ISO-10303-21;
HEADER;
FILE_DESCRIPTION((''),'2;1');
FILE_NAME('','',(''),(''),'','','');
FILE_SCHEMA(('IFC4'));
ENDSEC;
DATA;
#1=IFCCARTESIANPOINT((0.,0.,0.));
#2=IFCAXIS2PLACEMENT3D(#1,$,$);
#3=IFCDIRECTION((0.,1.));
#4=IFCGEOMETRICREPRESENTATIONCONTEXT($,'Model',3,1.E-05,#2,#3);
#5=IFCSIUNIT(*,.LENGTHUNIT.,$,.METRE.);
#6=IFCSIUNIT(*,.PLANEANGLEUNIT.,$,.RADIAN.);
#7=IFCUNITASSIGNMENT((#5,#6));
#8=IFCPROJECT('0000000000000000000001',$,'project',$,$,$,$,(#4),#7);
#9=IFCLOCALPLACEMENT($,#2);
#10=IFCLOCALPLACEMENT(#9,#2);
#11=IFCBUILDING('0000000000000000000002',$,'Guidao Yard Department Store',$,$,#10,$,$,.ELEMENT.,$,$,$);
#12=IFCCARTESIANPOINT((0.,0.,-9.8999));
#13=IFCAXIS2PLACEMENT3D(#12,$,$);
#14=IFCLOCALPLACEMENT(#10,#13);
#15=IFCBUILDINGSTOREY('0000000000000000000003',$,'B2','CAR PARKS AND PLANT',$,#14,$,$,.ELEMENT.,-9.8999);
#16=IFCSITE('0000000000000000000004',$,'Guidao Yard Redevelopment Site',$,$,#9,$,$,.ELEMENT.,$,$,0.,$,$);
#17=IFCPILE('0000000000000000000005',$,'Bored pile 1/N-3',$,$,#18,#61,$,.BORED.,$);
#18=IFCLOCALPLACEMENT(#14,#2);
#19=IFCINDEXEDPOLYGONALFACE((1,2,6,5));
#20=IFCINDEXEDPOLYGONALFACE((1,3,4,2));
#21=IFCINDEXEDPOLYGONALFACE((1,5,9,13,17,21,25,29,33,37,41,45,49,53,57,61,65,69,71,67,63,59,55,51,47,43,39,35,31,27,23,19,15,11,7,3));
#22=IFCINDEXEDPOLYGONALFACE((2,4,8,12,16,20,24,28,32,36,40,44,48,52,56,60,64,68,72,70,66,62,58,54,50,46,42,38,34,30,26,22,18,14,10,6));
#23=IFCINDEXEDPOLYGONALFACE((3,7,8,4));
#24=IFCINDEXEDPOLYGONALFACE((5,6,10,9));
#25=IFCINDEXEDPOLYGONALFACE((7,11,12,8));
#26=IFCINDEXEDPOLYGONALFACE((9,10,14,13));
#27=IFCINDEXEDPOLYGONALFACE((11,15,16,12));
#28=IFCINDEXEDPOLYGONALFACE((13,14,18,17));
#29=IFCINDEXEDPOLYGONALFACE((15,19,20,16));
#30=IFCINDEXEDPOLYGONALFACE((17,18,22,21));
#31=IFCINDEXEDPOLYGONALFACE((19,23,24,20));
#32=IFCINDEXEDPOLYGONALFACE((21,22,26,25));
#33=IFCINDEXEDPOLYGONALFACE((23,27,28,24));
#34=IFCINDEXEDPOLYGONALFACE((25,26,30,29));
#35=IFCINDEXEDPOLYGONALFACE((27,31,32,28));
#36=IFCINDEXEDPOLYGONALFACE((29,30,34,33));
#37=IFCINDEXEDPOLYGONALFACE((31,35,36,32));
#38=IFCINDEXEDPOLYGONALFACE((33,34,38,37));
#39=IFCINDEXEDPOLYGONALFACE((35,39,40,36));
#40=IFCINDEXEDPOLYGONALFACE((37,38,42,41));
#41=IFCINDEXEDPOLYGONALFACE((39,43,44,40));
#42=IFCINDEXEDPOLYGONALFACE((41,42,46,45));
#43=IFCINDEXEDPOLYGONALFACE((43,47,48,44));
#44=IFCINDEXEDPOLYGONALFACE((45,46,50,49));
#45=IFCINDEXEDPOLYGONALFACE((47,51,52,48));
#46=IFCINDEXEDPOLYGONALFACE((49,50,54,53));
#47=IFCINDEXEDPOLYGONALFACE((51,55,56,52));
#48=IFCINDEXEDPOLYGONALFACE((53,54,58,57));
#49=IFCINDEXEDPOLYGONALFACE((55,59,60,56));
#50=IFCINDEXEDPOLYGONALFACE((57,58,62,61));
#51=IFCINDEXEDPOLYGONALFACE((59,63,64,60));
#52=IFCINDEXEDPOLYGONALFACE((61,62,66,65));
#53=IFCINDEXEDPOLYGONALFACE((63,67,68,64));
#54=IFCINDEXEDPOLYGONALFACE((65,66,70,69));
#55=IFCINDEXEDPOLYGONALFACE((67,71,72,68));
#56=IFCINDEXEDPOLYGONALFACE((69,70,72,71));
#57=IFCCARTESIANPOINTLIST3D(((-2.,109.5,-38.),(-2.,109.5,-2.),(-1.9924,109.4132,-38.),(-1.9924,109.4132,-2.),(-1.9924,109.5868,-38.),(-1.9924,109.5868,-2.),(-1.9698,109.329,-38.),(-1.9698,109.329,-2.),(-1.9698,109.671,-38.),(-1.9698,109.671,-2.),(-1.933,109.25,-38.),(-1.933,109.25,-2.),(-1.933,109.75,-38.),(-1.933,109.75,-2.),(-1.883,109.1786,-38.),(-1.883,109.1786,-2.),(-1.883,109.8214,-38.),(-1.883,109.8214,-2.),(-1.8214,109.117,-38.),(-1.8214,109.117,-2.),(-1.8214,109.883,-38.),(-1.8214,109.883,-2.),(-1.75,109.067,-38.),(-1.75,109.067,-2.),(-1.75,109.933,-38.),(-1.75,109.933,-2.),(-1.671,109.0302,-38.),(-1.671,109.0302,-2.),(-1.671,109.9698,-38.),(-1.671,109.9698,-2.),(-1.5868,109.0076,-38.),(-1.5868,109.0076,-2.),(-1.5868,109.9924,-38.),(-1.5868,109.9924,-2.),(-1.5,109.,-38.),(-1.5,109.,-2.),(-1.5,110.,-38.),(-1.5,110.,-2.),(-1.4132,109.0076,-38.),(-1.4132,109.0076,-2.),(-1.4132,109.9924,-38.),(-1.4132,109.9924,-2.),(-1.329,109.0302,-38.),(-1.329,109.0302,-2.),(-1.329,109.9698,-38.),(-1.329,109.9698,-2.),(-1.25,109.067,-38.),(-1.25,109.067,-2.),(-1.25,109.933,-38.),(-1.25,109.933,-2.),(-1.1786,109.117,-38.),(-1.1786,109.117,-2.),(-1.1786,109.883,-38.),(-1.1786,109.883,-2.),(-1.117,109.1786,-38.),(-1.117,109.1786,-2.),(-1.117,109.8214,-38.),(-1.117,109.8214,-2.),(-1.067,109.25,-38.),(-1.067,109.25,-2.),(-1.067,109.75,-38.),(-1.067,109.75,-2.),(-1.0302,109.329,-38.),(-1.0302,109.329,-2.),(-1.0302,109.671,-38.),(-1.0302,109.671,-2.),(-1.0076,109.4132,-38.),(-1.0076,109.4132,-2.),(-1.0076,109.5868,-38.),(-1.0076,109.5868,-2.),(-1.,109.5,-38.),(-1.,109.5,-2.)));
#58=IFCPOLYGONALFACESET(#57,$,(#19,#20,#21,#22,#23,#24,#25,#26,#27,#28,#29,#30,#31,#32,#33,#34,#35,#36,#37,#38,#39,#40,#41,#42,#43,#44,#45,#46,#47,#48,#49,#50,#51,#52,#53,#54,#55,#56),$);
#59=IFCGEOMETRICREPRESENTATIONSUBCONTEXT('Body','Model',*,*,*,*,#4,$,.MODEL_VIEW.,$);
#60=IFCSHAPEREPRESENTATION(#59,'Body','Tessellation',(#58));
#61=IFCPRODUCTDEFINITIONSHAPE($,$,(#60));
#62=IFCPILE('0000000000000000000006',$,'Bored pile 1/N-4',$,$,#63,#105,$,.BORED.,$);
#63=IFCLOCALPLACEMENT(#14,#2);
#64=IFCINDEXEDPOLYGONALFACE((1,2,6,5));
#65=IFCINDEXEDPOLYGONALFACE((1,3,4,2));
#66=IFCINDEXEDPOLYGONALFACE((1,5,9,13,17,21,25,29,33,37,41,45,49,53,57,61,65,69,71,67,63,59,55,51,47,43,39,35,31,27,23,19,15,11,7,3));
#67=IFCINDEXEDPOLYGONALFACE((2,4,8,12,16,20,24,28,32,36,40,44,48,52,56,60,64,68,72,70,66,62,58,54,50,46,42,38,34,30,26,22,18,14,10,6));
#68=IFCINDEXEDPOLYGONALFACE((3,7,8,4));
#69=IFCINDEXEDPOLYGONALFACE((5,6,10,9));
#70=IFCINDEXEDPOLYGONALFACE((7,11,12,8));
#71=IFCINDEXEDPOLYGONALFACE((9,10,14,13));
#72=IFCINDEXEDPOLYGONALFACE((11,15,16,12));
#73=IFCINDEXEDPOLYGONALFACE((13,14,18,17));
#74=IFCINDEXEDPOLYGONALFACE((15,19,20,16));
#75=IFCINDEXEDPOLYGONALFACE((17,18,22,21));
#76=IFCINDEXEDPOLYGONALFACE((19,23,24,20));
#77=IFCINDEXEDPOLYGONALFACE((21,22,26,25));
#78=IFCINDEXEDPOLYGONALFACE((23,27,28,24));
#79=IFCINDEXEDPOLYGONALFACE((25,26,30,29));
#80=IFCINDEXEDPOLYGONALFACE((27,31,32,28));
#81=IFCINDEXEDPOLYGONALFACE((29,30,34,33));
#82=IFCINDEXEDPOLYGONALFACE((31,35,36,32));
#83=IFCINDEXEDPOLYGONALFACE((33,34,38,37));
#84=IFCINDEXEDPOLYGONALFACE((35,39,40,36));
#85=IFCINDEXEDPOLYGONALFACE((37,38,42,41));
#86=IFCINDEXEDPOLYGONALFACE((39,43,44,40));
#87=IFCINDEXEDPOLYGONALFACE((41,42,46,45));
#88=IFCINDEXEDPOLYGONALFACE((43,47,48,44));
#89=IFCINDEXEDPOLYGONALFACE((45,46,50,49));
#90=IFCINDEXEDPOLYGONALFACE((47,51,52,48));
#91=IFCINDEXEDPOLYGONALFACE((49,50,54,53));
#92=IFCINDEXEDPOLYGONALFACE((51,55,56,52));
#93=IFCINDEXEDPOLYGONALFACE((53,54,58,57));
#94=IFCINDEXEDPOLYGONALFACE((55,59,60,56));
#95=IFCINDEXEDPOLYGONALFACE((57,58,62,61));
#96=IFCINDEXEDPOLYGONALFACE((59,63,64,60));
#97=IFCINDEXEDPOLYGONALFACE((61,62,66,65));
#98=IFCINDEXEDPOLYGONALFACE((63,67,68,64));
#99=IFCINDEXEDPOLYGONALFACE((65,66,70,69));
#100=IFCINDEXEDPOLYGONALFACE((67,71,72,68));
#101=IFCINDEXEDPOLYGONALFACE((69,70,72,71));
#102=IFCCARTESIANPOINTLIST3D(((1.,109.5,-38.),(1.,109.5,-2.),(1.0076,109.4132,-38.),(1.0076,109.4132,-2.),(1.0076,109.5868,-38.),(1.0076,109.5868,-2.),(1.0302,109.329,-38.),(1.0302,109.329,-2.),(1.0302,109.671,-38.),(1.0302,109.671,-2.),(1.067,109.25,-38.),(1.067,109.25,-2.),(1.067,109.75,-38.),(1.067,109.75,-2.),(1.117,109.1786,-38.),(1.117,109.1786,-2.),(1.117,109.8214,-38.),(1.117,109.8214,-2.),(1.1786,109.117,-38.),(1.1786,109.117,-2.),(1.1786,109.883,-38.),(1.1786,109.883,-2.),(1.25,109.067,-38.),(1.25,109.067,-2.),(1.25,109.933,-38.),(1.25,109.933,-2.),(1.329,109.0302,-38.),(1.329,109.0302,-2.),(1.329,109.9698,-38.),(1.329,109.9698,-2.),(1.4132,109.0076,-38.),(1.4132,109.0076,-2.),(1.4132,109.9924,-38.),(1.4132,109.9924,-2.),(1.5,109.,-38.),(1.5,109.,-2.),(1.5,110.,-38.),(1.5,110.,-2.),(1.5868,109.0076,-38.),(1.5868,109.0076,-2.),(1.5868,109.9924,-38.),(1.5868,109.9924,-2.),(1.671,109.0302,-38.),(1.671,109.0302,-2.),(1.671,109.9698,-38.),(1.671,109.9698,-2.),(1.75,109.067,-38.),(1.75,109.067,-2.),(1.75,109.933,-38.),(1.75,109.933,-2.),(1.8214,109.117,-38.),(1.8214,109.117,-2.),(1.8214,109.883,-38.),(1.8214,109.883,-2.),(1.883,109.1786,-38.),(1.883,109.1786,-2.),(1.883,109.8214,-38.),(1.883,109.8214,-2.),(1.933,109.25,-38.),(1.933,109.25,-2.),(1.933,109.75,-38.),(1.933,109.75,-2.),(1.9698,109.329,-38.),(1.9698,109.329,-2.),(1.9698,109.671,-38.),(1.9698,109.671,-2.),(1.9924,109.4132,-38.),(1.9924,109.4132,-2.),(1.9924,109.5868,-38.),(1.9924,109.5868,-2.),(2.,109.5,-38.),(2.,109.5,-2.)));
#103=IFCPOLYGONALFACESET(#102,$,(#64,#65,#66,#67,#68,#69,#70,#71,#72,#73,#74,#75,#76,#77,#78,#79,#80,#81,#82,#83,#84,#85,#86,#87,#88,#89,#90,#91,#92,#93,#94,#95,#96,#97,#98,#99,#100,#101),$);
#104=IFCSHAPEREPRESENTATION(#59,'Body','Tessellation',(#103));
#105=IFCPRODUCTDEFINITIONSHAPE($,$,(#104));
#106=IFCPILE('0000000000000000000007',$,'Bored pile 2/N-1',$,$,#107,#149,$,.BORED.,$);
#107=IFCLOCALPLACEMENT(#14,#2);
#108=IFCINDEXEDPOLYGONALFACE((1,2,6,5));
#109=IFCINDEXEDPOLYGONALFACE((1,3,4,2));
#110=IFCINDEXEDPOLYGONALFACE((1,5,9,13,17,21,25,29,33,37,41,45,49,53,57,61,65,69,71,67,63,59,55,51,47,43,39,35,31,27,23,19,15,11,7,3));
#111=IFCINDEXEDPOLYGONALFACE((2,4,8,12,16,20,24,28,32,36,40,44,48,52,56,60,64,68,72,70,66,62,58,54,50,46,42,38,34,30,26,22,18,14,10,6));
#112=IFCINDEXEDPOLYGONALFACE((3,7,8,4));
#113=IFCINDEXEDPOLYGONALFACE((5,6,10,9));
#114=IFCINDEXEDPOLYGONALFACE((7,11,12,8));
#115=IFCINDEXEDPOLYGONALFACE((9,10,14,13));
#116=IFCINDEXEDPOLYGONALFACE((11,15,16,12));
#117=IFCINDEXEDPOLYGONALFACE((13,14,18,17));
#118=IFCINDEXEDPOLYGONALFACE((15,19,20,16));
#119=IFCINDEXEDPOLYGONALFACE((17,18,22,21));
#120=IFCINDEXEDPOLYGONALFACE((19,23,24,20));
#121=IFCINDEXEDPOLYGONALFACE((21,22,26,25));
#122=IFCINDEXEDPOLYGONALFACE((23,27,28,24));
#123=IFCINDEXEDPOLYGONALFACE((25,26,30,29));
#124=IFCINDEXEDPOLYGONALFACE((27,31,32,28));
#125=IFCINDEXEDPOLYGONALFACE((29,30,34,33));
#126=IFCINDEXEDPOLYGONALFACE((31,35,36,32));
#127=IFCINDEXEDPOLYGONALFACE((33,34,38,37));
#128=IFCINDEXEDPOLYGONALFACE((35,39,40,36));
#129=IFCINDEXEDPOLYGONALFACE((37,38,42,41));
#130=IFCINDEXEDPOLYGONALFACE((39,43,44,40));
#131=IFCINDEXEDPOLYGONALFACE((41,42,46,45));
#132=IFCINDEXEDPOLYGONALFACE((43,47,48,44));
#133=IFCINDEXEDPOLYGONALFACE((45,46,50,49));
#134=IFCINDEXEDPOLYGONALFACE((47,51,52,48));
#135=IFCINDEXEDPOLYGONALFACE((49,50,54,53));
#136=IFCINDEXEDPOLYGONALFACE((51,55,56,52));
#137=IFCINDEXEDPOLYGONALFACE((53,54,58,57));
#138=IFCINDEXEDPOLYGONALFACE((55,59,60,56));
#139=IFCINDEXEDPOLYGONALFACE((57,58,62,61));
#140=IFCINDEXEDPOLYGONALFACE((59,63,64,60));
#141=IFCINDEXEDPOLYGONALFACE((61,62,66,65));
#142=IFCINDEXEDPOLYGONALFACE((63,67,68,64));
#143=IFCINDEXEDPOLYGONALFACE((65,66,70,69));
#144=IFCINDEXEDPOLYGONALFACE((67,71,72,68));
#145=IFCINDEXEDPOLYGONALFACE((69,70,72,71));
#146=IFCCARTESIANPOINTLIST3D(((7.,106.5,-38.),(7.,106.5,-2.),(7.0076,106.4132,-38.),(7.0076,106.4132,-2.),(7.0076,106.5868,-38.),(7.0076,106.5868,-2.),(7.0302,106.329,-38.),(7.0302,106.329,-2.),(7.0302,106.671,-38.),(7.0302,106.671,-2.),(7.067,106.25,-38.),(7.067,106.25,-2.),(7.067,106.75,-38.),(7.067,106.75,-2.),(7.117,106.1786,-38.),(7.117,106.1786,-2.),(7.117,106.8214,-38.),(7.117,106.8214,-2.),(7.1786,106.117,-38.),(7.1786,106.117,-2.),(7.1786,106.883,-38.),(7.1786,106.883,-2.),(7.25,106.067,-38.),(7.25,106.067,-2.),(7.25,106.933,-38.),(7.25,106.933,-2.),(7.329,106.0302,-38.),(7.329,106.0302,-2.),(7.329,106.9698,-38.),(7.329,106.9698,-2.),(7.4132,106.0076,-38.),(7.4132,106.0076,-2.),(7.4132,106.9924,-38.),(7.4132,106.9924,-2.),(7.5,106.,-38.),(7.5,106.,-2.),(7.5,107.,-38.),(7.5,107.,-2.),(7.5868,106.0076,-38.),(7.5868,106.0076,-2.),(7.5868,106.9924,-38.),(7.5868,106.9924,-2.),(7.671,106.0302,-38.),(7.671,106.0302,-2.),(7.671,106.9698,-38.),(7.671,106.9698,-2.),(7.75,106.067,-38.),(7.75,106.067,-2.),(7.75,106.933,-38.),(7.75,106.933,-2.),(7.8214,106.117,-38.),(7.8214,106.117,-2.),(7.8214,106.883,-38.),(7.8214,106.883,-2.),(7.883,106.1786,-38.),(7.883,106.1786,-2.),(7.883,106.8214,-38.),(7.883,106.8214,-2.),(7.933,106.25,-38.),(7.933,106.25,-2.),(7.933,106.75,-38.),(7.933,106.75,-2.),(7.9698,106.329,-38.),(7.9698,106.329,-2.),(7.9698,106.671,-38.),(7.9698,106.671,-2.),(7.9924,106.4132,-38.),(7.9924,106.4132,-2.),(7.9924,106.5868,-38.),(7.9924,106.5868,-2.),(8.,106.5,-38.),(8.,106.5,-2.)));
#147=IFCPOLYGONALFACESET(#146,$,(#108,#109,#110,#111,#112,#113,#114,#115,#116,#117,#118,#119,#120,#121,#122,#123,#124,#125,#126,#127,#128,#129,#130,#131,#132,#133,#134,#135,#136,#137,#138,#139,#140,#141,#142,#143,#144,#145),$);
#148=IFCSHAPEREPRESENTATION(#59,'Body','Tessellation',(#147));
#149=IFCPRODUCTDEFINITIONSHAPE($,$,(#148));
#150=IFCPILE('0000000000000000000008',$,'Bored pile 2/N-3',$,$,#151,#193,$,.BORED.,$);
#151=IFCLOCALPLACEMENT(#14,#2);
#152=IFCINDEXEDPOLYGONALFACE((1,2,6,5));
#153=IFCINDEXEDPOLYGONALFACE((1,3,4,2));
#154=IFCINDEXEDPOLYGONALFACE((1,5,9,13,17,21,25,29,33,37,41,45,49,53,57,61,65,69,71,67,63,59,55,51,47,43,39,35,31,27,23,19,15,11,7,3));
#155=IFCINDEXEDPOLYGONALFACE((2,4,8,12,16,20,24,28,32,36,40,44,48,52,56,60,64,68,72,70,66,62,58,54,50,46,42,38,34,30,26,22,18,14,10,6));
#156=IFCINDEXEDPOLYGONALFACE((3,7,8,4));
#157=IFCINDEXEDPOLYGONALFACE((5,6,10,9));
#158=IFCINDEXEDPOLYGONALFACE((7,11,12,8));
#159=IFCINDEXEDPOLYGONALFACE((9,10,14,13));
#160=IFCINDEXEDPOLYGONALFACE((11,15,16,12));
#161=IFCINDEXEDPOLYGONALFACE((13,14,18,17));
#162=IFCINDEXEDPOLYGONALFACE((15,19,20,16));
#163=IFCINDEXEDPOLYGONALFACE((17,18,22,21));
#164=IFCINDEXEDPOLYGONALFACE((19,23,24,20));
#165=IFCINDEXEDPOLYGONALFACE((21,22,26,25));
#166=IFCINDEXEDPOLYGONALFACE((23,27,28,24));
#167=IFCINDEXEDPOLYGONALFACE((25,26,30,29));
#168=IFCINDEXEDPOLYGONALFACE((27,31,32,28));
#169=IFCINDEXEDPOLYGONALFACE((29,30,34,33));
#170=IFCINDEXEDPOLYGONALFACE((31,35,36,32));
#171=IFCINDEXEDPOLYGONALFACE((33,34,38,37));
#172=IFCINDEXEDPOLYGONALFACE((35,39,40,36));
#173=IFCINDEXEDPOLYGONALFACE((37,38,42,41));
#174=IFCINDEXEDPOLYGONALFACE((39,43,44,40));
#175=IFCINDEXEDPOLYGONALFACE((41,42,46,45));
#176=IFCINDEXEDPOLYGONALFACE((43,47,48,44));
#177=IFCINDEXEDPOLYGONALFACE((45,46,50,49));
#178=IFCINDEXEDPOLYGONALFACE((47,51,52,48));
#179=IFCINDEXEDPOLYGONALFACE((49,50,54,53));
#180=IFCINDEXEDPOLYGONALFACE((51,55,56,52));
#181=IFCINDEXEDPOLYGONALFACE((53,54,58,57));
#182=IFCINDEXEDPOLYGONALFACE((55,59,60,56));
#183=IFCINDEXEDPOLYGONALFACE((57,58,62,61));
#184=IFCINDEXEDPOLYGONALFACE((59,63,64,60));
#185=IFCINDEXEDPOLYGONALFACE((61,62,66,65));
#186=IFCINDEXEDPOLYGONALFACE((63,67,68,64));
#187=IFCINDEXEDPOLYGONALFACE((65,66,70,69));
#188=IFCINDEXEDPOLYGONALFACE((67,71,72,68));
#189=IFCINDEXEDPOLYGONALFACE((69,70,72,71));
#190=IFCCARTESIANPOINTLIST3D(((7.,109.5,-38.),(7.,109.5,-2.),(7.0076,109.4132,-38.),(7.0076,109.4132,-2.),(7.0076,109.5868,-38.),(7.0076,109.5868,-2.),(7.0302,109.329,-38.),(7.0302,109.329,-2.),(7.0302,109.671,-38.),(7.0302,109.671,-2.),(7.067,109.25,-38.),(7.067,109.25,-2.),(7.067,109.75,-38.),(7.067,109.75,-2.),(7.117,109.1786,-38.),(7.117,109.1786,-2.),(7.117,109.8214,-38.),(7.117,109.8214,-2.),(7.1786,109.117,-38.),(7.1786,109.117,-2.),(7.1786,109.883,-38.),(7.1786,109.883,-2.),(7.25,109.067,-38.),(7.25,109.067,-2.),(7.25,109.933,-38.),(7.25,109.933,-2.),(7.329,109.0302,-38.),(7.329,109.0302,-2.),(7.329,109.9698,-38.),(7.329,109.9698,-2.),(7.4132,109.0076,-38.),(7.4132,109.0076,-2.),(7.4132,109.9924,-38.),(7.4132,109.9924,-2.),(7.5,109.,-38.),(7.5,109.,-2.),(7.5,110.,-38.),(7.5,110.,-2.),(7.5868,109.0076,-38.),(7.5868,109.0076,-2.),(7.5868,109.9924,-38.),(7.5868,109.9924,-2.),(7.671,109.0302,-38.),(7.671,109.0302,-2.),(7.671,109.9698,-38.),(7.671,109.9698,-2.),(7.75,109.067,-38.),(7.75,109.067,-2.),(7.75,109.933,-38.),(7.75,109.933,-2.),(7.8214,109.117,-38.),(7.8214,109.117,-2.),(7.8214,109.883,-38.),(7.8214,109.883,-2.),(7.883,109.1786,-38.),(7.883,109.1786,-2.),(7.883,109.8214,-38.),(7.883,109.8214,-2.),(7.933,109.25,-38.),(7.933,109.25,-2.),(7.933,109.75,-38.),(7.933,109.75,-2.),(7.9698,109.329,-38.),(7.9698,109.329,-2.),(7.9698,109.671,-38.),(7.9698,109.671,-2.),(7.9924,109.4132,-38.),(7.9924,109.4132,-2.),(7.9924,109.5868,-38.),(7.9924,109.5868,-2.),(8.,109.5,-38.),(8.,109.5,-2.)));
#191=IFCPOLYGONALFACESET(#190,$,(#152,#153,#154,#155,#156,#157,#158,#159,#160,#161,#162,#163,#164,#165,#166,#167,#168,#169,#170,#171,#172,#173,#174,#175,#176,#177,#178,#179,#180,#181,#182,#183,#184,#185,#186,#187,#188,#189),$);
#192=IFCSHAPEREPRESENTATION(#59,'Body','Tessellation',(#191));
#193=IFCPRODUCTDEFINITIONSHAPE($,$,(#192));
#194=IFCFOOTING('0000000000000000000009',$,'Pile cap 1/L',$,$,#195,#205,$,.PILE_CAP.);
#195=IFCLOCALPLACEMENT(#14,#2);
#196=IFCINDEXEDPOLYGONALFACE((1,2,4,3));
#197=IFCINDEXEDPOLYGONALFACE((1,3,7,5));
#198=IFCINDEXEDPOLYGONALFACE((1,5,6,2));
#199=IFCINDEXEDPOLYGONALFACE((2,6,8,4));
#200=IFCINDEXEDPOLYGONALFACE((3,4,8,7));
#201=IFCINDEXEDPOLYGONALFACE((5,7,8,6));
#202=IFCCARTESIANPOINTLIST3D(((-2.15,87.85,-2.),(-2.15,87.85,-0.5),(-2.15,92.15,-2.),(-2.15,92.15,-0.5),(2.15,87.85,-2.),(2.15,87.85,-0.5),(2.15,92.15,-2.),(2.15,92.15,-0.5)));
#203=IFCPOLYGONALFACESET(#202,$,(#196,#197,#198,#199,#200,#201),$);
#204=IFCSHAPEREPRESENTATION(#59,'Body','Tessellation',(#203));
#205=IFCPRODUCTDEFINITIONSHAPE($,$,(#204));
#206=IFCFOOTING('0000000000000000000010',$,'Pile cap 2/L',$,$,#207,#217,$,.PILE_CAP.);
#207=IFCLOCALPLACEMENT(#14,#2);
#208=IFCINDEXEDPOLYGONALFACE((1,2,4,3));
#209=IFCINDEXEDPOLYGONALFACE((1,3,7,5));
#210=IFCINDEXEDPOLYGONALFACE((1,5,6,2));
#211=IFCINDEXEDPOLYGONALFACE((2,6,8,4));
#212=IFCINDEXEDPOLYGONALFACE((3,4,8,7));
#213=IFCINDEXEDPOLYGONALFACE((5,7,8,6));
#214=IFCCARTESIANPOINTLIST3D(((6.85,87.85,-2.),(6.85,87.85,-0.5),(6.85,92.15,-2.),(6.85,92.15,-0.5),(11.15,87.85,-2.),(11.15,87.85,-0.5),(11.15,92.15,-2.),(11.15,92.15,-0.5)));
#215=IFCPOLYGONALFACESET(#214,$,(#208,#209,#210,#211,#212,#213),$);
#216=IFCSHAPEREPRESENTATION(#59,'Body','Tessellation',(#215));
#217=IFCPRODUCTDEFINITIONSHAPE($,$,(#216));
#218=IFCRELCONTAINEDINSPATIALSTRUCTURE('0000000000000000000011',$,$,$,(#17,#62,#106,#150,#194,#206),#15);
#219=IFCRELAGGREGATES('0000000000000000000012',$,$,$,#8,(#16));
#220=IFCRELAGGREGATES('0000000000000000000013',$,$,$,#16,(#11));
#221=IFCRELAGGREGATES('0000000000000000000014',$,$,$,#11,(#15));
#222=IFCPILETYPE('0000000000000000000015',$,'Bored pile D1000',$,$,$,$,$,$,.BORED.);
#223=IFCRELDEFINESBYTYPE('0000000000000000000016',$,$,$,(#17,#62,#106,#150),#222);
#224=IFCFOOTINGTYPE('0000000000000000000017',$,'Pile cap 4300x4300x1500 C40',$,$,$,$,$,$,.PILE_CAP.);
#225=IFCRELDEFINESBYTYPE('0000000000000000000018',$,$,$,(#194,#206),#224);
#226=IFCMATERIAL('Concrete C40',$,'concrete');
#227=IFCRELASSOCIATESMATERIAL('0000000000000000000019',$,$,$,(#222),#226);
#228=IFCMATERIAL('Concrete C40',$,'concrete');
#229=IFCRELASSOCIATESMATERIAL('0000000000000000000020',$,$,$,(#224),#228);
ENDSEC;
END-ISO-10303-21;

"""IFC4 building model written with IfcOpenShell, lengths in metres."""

from ifc_helpers import new_model, si_unit, direction, frame, origin, origin_2d, place, context, subcontext, project, spatial, rectangle, circle, extrude, material, material_profile, profile_set, type_object, element, save


model = new_model("IFC4")

# Units and contexts
model_context = context("Model", 3, precision=1e-05, world=origin(), true_north=direction((0.0, 1.0)))
body_context = subcontext(model_context, "Body", "Model", "MODEL_VIEW")
ifc_project = project(units=[si_unit("LENGTHUNIT", "METRE"), si_unit("PLANEANGLEUNIT", "RADIAN")], contexts=[model_context])

# Site, building, storey
site_placement = place(None, origin())
site = spatial("IfcSite", under=ifc_project, at=site_placement, Name="Guidao Yard Redevelopment Site", CompositionType="ELEMENT", RefElevation=0.0)
building_placement = place(site_placement, origin())
building = spatial("IfcBuilding", under=site, at=building_placement, Name="Guidao Yard Department Store", CompositionType="ELEMENT")
storey_placement = place(building_placement, frame((0.0, 0.0, -9.8999)))
storey = spatial("IfcBuildingStorey", under=building, at=storey_placement, Name="B2", Description="CAR PARKS AND PLANT", CompositionType="ELEMENT", Elevation=-9.8999)

# Piles
ifc_material_1 = material(Name="Concrete C40", Category="concrete")
ifc_material_profile_1 = material_profile(ifc_material_1, circle(Radius=0.5, at=origin_2d()), Name="Bored pile D1000")
ifc_profile_set_1 = profile_set([ifc_material_profile_1], Name="Concrete C40")
pile_type = type_object("IfcPileType", Name="Bored pile D1000", PredefinedType="BORED", material=ifc_profile_set_1)
for number, where, z_axis, x_axis, name in (
    (1, (-1.5, 109.5, -2.0), (0.0, 0.0, -1.0), (1.0, 0.0, 0.0), "Bored pile 1/N-3"),
    (2, (1.5, 109.5, -2.0), (0.0, 0.0, -1.0), (1.0, 0.0, 0.0), "Bored pile 1/N-4"),
    (3, (7.5, 106.5, -2.0), (0.0, 0.0, -1.0), (1.0, 0.0, 0.0), "Bored pile 2/N-1"),
    (4, (7.5, 109.5, -2.0), (0.0, 0.0, -1.0), (1.0, 0.0, 0.0), "Bored pile 2/N-3"),
):
    element("IfcPile", number, at=place(storey_placement, frame(where, z_axis=z_axis, x_axis=x_axis)), inside=storey, type_object=pile_type, Name=name, PredefinedType="BORED", context=body_context, shape_type="SweptSolid", body=[
        extrude(circle(Radius=0.5, at=origin_2d()), origin(), (0.0, 0.0, 1.0), 36.0),
    ])

# Footings
ifc_material_2 = material(Name="Concrete C40", Category="concrete")
footing_type = type_object("IfcFootingType", Name="Pile cap 4300x4300x1500 C40", PredefinedType="PILE_CAP", material=ifc_material_2)
for number, where, z_axis, x_axis, name in (
    (5, (0.0, 90.0, -2.0), (0.0, 0.0, 1.0), (1.0, 0.0, 0.0), "Pile cap 1/L"),
    (6, (9.0, 90.0, -2.0), (0.0, 0.0, 1.0), (1.0, 0.0, 0.0), "Pile cap 2/L"),
):
    element("IfcFooting", number, at=place(storey_placement, frame(where, z_axis=z_axis, x_axis=x_axis)), inside=storey, type_object=footing_type, Name=name, PredefinedType="PILE_CAP", context=body_context, shape_type="SweptSolid", body=[
        extrude(rectangle(XDim=4.3, YDim=4.3, at=origin_2d()), origin(), (0.0, 0.0, 1.0), 1.5),
    ])

save(model, "model.ifc")
